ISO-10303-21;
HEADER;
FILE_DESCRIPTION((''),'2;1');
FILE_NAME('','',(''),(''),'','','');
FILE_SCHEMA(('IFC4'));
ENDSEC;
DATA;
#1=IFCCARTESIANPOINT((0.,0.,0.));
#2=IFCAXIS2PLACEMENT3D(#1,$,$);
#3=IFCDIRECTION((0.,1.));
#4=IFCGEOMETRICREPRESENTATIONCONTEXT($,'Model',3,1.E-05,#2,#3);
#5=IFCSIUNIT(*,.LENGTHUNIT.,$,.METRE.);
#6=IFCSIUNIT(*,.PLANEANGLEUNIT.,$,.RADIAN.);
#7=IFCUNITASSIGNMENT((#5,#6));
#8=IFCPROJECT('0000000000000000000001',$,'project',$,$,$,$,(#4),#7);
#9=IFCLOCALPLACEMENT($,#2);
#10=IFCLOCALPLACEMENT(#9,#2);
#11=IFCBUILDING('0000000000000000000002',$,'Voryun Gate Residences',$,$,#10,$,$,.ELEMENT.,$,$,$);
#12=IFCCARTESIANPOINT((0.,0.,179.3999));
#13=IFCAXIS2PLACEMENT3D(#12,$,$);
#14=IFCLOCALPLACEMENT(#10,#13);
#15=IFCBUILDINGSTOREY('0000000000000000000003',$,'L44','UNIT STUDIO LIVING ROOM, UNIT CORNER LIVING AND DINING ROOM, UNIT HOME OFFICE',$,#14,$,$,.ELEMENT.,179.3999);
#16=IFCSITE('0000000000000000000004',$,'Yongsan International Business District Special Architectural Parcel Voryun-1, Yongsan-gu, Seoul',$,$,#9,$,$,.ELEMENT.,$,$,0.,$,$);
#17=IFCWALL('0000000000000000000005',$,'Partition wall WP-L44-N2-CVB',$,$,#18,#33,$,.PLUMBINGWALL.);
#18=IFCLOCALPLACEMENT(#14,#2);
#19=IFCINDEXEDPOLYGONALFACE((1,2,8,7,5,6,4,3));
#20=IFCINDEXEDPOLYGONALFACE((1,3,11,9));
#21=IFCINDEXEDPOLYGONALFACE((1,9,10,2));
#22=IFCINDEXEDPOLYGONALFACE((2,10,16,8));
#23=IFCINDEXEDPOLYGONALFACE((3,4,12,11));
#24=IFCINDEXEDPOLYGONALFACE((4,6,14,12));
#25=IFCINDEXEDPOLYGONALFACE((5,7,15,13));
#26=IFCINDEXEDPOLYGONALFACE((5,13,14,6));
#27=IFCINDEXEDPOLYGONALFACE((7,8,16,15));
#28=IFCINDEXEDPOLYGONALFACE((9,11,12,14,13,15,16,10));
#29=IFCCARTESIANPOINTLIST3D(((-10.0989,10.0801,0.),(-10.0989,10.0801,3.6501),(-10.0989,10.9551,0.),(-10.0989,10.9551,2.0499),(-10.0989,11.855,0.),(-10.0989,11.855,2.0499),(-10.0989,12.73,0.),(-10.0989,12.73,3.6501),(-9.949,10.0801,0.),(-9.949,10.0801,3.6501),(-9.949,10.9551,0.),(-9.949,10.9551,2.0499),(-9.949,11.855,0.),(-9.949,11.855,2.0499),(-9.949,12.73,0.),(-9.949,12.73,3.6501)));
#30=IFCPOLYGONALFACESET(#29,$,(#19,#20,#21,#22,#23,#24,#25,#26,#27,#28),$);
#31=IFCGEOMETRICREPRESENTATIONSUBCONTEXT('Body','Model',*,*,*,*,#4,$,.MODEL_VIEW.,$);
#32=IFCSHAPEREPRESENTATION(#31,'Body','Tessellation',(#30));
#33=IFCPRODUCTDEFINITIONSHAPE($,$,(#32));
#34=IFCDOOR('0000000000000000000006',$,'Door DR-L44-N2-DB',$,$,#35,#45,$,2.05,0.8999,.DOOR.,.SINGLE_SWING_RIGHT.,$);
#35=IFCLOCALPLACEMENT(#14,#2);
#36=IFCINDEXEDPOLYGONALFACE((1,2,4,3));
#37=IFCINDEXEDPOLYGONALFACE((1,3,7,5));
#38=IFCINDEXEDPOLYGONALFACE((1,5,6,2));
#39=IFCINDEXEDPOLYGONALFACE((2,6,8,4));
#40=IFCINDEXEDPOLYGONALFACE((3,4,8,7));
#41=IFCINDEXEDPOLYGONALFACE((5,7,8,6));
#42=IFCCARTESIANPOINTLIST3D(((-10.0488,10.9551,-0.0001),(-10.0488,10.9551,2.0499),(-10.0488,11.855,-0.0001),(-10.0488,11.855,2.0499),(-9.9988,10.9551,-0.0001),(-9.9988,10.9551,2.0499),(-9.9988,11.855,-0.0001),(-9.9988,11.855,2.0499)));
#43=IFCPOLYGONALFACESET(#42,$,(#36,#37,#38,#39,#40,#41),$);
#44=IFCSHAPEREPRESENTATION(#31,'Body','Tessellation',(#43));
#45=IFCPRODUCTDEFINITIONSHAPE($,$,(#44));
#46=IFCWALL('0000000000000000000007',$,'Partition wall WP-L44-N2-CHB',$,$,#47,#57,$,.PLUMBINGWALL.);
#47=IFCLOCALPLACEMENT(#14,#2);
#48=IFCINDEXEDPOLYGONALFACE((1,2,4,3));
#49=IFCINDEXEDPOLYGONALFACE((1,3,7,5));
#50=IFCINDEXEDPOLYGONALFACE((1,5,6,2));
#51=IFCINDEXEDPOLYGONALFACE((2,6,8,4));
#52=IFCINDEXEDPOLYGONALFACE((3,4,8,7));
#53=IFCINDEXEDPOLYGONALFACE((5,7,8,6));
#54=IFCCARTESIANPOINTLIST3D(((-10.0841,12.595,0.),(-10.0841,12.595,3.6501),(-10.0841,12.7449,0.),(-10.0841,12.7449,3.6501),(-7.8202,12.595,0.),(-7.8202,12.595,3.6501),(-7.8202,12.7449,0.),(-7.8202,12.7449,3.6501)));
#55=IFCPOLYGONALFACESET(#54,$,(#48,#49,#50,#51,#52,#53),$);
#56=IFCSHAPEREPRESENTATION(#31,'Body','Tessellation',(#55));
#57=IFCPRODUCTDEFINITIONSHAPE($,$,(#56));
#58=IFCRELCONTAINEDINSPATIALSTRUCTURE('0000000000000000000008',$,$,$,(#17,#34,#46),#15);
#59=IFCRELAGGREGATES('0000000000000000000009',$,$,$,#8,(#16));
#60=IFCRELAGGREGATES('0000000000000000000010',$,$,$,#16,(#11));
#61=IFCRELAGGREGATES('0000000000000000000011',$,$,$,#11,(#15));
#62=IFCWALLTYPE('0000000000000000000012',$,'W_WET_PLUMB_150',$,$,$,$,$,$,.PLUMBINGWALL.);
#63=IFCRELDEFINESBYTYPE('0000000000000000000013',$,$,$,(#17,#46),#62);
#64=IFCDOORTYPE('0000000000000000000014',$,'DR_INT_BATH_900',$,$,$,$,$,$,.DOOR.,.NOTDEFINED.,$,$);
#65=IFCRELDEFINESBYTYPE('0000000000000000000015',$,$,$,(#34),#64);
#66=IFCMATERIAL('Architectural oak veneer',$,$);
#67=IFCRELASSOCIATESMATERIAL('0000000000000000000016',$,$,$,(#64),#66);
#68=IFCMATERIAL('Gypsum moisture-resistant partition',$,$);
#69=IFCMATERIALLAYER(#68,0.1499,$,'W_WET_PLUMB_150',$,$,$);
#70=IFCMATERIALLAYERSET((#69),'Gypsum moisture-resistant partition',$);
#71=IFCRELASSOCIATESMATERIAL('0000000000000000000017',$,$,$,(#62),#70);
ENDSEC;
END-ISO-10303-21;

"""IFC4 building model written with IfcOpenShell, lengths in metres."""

from ifc_helpers import new_model, si_unit, direction, frame, frame_2d, origin, place, context, subcontext, project, spatial, rectangle, extrude, material, layer, layer_set, type_object, element, fill, save


model = new_model("IFC4")

# Units and contexts
model_context = context("Model", 3, precision=1e-05, world=origin(), true_north=direction((0.0, 1.0)))
body_context = subcontext(model_context, "Body", "Model", "MODEL_VIEW")
ifc_project = project(units=[si_unit("LENGTHUNIT", "METRE"), si_unit("PLANEANGLEUNIT", "RADIAN")], contexts=[model_context])

# Site, building, storey
site_placement = place(None, origin())
site = spatial("IfcSite", under=ifc_project, at=site_placement, Name="Yongsan International Business District Special Architectural Parcel Voryun-1, Yongsan-gu, Seoul", CompositionType="ELEMENT", RefElevation=0.0)
building_placement = place(site_placement, origin())
building = spatial("IfcBuilding", under=site, at=building_placement, Name="Voryun Gate Residences", CompositionType="ELEMENT")
storey_placement = place(building_placement, frame((0.0, 0.0, 179.3999)))
storey = spatial("IfcBuildingStorey", under=building, at=storey_placement, Name="L44", Description="UNIT STUDIO LIVING ROOM, UNIT CORNER LIVING AND DINING ROOM, UNIT HOME OFFICE", CompositionType="ELEMENT", Elevation=179.3999)

# Shared definitions
ifc_material_1 = material(Name="Architectural oak veneer")
door_type = type_object("IfcDoorType", Name="DR_INT_BATH_900", OperationType="NOTDEFINED", PredefinedType="DOOR", material=ifc_material_1)

# Wall, opening, door
ifc_material_2 = material(Name="Gypsum moisture-resistant partition")
ifc_layer_1 = layer(ifc_material_2, 0.1499, Name="W_WET_PLUMB_150")
ifc_layer_set_1 = layer_set([ifc_layer_1], Name="Gypsum moisture-resistant partition")
wall_type_1 = type_object("IfcWallType", Name="W_WET_PLUMB_150", PredefinedType="PLUMBINGWALL", material=ifc_layer_set_1)
wall_1_placement = place(storey_placement, frame((-10.0239, 10.0801, 0.0), z_axis=(0.0, 0.0, 1.0), x_axis=(0.0, 1.0, 0.0)))
wall_1 = element("IfcWall", 1, at=wall_1_placement, inside=storey, type_object=wall_type_1, Name="Partition wall WP-L44-N2-CVB", PredefinedType="PLUMBINGWALL", context=body_context, shape_type="SweptSolid", body=[
    extrude(rectangle(XDim=2.6499, YDim=0.1499, at=frame_2d((1.325, 0.0))), origin(), (0.0, 0.0, 1.0), 3.6501),
])
opening_1_placement = place(wall_1_placement, frame((0.875, 0.0, 0.0)))
opening_1 = element("IfcOpeningElement", 2, at=opening_1_placement, cuts=wall_1, PredefinedType="OPENING", context=body_context, shape_type="SweptSolid", body=[
    extrude(rectangle(XDim=0.8999, YDim=2.05, at=frame_2d((0.45, 1.0249))), frame((0.0, 0.085, 0.0), z_axis=(0.0, -1.0, 0.0), x_axis=(1.0, 0.0, 0.0)), (0.0, 0.0, 1.0), 0.1699),
])
door_1_placement = place(opening_1_placement, origin())
door_1 = element("IfcDoor", 3, at=door_1_placement, inside=storey, type_object=door_type, Name="Door DR-L44-N2-DB", OperationType="SINGLE_SWING_RIGHT", OverallHeight=2.05, OverallWidth=0.8999, PredefinedType="DOOR", context=body_context, shape_type="SweptSolid", body=[
    extrude(rectangle(XDim=0.8999, YDim=2.05, at=frame_2d((0.45, 1.0249))), frame((0.0, 0.0249, 0.0), z_axis=(0.0, -1.0, 0.0), x_axis=(1.0, 0.0, 0.0)), (0.0, 0.0, 1.0), 0.05),
])
fill(opening_1, door_1)

# Wall
wall_2_placement = place(storey_placement, frame((-10.084, 12.6699, 0.0), z_axis=(0.0, 0.0, 1.0), x_axis=(1.0, 0.0, 0.0)))
element("IfcWall", 4, at=wall_2_placement, inside=storey, type_object=wall_type_1, Name="Partition wall WP-L44-N2-CHB", PredefinedType="PLUMBINGWALL", context=body_context, shape_type="SweptSolid", body=[
    extrude(rectangle(XDim=2.2639, YDim=0.1499, at=frame_2d((1.1318, 0.0))), origin(), (0.0, 0.0, 1.0), 3.6501),
])

save(model, "model.ifc")
